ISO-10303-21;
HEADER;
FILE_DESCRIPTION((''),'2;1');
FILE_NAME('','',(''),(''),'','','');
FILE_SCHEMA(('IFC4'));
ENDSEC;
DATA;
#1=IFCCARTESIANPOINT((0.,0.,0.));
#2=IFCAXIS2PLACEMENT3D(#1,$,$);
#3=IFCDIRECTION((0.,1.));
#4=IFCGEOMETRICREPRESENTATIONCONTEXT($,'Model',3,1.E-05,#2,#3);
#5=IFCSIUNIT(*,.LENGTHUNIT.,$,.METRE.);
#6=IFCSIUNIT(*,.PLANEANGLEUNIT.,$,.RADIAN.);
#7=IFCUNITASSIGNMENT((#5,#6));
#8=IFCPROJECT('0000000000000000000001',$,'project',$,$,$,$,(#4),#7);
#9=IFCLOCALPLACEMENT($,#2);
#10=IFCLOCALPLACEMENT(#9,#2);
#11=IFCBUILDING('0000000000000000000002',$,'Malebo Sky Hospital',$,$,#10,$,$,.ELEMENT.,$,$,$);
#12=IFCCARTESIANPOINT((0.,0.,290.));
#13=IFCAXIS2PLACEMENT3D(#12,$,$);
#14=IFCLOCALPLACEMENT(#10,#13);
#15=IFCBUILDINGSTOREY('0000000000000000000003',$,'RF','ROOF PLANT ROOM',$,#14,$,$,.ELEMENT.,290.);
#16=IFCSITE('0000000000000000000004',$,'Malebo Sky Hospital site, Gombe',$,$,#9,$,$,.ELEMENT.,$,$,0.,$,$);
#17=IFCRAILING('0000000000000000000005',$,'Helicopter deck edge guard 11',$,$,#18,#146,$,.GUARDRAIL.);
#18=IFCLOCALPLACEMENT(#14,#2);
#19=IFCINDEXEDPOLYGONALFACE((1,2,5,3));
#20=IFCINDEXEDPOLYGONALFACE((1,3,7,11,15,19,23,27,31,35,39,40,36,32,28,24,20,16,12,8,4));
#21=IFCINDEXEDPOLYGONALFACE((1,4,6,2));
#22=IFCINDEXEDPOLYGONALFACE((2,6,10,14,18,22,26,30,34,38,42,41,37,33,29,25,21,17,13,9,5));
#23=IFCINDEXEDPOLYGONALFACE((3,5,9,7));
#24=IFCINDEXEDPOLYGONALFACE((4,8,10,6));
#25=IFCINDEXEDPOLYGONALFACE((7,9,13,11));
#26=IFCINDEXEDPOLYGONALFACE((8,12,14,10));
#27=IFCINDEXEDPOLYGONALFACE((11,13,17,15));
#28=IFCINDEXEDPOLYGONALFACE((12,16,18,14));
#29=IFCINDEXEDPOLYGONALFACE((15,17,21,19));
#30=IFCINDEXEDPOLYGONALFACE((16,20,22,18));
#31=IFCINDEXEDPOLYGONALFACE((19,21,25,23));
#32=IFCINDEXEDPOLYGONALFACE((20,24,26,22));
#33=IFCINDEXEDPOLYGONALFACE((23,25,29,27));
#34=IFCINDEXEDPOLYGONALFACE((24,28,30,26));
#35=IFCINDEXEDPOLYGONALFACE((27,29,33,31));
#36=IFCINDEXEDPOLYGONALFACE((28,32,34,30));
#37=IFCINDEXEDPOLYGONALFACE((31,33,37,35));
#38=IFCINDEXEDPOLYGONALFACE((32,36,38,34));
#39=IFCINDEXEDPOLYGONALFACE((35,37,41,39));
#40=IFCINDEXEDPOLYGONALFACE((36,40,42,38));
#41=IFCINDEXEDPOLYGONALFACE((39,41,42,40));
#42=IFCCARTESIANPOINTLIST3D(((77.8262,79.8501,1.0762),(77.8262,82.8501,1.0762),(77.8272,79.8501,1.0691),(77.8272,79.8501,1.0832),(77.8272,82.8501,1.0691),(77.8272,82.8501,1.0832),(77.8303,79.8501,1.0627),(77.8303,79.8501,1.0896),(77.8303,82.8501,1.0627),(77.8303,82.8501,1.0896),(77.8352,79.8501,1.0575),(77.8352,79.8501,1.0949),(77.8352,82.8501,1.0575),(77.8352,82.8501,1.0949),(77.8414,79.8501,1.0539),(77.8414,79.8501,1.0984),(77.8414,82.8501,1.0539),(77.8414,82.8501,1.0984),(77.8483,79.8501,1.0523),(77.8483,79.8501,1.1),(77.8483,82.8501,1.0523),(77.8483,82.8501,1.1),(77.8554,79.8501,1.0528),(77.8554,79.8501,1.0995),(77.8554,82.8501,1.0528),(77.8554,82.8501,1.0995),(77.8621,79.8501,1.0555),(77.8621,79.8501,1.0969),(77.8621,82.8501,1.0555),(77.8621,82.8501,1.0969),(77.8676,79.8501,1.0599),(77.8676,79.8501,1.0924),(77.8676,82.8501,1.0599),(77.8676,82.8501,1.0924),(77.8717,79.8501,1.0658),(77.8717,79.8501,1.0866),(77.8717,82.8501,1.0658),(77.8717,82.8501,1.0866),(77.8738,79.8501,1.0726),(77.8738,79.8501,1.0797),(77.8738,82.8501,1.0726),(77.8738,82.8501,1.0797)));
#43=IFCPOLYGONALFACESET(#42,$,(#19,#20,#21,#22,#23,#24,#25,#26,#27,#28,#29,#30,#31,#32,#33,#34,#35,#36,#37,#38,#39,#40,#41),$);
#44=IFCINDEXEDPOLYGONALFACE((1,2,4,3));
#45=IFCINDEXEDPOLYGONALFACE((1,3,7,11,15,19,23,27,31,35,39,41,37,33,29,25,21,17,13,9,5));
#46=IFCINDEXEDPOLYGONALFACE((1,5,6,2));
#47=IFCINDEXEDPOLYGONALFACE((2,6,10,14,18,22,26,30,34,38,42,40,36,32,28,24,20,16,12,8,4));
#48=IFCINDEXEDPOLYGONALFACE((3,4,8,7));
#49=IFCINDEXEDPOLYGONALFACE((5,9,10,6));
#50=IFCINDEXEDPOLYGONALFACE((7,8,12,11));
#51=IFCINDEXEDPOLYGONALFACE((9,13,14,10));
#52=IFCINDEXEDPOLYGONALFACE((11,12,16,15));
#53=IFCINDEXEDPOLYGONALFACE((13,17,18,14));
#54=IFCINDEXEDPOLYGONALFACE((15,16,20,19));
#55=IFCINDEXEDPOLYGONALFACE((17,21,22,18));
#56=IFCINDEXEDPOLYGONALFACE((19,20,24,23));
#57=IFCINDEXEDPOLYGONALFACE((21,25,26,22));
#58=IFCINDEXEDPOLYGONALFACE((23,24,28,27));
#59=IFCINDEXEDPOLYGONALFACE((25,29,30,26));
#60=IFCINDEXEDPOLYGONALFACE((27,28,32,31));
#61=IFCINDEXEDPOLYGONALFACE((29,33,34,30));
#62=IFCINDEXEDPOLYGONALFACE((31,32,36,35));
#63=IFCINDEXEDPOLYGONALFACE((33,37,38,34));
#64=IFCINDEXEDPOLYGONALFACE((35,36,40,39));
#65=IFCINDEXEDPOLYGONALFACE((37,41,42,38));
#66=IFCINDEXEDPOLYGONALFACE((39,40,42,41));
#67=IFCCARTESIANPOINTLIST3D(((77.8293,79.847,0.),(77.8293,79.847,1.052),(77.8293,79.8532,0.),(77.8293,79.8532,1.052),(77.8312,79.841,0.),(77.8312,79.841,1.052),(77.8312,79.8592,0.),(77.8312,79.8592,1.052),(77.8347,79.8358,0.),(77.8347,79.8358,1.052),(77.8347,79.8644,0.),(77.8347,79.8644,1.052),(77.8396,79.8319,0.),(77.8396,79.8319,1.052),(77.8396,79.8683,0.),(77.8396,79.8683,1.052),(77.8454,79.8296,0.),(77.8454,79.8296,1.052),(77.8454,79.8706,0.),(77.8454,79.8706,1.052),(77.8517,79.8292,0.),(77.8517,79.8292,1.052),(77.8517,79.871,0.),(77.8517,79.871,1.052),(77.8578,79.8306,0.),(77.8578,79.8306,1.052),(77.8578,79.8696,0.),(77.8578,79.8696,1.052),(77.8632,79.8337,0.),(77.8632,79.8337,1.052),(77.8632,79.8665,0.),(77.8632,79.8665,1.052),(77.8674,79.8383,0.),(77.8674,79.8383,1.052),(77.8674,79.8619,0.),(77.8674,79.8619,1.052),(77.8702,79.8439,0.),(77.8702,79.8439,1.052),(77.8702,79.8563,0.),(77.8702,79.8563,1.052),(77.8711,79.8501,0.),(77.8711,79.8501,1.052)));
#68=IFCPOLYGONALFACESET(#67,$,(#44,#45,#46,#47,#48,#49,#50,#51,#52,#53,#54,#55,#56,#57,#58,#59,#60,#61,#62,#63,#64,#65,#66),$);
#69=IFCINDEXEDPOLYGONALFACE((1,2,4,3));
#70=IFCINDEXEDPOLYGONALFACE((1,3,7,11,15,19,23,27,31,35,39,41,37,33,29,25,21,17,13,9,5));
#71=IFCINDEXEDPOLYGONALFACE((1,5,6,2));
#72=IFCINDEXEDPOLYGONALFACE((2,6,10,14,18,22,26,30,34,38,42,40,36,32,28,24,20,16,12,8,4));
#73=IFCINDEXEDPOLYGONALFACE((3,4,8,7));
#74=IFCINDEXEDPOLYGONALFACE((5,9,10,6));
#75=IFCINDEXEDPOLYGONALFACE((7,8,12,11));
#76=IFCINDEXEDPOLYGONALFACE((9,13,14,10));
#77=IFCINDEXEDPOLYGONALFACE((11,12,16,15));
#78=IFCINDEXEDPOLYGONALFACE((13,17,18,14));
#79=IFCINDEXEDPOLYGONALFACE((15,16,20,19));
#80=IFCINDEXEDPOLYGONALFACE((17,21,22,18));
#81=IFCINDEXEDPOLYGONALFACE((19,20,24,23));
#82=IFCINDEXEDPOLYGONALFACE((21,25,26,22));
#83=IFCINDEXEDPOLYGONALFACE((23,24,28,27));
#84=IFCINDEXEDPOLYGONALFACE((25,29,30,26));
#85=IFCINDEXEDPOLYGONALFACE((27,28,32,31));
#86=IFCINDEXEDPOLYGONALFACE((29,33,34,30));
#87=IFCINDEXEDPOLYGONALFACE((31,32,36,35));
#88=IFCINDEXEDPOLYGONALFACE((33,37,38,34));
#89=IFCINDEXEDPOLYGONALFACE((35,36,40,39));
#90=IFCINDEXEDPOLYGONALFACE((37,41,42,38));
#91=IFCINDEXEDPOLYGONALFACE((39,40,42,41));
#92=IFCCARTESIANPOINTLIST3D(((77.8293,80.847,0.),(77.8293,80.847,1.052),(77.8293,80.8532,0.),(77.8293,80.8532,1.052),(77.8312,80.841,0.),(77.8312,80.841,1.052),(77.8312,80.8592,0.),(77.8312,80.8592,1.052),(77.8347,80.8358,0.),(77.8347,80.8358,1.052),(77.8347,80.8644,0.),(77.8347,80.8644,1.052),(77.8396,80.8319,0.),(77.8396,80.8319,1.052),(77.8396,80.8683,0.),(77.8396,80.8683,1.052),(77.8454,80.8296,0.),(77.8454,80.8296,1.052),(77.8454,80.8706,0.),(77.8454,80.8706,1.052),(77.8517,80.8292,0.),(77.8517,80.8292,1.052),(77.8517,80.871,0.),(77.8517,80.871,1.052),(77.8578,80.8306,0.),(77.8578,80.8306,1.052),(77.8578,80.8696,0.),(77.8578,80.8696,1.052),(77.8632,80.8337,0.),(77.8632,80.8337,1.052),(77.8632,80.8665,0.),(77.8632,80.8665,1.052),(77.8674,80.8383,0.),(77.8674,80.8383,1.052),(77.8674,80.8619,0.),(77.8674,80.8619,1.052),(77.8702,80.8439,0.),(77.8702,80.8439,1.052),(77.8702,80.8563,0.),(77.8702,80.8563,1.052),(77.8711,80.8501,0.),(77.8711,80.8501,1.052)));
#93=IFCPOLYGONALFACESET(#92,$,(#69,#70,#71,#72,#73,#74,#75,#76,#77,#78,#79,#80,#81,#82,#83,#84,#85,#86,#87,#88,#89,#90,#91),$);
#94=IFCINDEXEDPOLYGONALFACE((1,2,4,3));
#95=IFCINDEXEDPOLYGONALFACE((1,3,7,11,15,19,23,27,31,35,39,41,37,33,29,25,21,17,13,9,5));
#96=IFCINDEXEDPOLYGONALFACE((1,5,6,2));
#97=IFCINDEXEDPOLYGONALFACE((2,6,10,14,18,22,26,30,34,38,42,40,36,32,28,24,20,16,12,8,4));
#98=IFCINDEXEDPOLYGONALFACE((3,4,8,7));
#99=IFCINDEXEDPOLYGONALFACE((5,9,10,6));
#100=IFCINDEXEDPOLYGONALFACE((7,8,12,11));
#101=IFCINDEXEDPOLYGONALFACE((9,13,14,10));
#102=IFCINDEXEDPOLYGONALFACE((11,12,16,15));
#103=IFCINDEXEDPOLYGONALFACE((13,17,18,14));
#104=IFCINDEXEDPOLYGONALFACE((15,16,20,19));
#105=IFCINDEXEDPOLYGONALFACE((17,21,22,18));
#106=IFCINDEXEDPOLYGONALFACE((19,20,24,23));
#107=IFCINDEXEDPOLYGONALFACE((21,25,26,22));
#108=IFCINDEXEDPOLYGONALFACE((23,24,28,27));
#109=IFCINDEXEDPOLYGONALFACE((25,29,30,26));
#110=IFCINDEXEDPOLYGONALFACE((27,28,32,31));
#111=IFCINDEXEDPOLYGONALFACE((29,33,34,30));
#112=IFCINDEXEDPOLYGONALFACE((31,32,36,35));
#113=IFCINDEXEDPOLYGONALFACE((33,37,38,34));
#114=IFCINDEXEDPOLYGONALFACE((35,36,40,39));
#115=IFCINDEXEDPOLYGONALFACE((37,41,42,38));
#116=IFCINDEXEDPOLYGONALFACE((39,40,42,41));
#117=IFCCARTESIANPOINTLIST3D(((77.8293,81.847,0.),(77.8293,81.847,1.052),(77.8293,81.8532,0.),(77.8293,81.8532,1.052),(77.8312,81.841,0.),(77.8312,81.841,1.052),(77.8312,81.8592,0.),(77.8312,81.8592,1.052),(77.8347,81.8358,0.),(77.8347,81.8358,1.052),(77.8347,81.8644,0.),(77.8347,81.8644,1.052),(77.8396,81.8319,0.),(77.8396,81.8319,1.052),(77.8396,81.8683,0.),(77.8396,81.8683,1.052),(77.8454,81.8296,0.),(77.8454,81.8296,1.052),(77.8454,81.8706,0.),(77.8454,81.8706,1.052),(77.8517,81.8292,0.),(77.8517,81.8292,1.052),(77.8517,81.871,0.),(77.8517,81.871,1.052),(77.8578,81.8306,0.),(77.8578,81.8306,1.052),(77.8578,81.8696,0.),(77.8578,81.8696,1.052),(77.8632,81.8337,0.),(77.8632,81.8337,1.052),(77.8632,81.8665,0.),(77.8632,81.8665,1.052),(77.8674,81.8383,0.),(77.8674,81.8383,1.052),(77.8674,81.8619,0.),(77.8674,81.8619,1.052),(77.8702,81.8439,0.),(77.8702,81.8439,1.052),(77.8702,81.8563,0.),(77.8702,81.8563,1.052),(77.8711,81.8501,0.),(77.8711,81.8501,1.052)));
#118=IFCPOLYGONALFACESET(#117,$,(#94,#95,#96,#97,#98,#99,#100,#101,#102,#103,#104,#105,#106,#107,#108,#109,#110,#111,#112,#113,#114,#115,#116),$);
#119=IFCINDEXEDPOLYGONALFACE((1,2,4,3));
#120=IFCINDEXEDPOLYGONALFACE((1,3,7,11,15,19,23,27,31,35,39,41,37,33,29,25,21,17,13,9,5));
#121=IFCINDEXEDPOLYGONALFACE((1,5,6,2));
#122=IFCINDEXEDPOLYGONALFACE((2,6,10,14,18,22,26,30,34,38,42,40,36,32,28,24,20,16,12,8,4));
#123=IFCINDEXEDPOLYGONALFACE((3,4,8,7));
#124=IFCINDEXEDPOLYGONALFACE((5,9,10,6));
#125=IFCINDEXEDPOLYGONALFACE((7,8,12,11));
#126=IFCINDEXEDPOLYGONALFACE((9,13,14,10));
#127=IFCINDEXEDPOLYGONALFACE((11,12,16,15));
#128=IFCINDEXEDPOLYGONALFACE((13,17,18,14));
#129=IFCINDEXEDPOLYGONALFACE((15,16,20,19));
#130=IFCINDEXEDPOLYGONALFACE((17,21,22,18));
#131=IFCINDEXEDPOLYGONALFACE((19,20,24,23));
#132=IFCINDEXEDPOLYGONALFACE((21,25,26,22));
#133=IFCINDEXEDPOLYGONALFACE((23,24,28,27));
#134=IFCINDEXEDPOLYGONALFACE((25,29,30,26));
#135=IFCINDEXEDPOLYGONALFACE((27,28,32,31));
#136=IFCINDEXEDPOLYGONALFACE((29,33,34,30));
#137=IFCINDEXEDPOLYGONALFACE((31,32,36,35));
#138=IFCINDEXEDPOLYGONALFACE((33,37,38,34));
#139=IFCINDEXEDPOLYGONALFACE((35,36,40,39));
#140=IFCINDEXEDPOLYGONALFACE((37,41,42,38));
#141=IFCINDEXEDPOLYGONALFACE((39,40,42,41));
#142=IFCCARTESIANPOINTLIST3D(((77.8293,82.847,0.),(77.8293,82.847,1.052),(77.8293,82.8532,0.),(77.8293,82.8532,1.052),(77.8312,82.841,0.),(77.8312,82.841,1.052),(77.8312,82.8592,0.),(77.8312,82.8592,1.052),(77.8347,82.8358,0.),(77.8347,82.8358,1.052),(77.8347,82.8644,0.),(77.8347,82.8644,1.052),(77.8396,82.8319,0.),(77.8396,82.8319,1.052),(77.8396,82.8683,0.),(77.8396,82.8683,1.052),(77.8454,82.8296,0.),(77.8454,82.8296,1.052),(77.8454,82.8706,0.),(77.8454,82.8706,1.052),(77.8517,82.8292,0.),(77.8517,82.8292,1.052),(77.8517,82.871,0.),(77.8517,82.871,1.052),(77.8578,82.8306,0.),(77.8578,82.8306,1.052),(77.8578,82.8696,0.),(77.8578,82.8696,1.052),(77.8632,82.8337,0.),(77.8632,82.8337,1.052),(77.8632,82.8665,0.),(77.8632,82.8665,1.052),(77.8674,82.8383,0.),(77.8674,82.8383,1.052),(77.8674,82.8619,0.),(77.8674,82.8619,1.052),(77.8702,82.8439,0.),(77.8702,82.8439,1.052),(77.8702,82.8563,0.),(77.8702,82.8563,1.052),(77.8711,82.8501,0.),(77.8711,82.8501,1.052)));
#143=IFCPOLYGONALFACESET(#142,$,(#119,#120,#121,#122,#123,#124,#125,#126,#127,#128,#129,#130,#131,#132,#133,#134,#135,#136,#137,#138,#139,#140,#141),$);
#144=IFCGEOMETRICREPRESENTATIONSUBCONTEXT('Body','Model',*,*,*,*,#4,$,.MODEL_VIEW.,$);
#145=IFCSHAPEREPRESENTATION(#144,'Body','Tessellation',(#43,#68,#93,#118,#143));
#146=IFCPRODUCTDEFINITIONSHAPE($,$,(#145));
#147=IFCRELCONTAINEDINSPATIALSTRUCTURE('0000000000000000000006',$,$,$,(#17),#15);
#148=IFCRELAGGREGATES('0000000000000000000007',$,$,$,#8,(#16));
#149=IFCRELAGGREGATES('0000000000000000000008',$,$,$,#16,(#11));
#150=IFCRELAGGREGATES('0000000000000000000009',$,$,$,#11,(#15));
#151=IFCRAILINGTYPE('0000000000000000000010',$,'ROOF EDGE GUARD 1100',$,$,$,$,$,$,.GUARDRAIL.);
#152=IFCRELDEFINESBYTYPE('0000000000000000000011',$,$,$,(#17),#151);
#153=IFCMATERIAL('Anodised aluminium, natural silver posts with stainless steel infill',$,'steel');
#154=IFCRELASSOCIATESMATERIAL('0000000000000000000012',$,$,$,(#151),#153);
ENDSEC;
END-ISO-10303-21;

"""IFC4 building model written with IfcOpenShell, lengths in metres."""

from ifc_helpers import new_model, si_unit, direction, frame, origin, origin_2d, place, context, subcontext, project, spatial, circle, extrude, material, type_object, element, save


model = new_model("IFC4")

# Units and contexts
model_context = context("Model", 3, precision=1e-05, world=origin(), true_north=direction((0.0, 1.0)))
body_context = subcontext(model_context, "Body", "Model", "MODEL_VIEW")
ifc_project = project(units=[si_unit("LENGTHUNIT", "METRE"), si_unit("PLANEANGLEUNIT", "RADIAN")], contexts=[model_context])

# Site, building, storey
site_placement = place(None, origin())
site = spatial("IfcSite", under=ifc_project, at=site_placement, Name="Malebo Sky Hospital site, Gombe", CompositionType="ELEMENT", RefElevation=0.0)
building_placement = place(site_placement, origin())
building = spatial("IfcBuilding", under=site, at=building_placement, Name="Malebo Sky Hospital", CompositionType="ELEMENT")
storey_placement = place(building_placement, frame((0.0, 0.0, 290.0)))
storey = spatial("IfcBuildingStorey", under=building, at=storey_placement, Name="RF", Description="ROOF PLANT ROOM", CompositionType="ELEMENT", Elevation=290.0)

# Railing
ifc_material_1 = material(Name="Anodised aluminium, natural silver posts with stainless steel infill", Category="steel")
railing_type = type_object("IfcRailingType", Name="ROOF EDGE GUARD 1100", PredefinedType="GUARDRAIL", material=ifc_material_1)
railing_1_placement = place(storey_placement, frame((77.8501, 79.8501, 0.0)))
element("IfcRailing", 1, at=railing_1_placement, inside=storey, type_object=railing_type, Name="Helicopter deck edge guard 11", PredefinedType="GUARDRAIL", context=body_context, shape_type="SweptSolid", body=[
    extrude(circle(Radius=0.0239, at=origin_2d()), frame((0.0, 0.0, 1.0762), z_axis=(0.0, 1.0, 0.0), x_axis=(-1.0, 0.0, 0.0)), (0.0, 0.0, 1.0), 3.0),
    extrude(circle(Radius=0.021, at=origin_2d()), origin(), (0.0, 0.0, 1.0), 1.052),
    extrude(circle(Radius=0.021, at=origin_2d()), frame((0.0, 1.0, 0.0)), (0.0, 0.0, 1.0), 1.052),
    extrude(circle(Radius=0.021, at=origin_2d()), frame((0.0, 2.0, 0.0)), (0.0, 0.0, 1.0), 1.052),
    extrude(circle(Radius=0.021, at=origin_2d()), frame((0.0, 3.0, 0.0)), (0.0, 0.0, 1.0), 1.052),
])

save(model, "model.ifc")
